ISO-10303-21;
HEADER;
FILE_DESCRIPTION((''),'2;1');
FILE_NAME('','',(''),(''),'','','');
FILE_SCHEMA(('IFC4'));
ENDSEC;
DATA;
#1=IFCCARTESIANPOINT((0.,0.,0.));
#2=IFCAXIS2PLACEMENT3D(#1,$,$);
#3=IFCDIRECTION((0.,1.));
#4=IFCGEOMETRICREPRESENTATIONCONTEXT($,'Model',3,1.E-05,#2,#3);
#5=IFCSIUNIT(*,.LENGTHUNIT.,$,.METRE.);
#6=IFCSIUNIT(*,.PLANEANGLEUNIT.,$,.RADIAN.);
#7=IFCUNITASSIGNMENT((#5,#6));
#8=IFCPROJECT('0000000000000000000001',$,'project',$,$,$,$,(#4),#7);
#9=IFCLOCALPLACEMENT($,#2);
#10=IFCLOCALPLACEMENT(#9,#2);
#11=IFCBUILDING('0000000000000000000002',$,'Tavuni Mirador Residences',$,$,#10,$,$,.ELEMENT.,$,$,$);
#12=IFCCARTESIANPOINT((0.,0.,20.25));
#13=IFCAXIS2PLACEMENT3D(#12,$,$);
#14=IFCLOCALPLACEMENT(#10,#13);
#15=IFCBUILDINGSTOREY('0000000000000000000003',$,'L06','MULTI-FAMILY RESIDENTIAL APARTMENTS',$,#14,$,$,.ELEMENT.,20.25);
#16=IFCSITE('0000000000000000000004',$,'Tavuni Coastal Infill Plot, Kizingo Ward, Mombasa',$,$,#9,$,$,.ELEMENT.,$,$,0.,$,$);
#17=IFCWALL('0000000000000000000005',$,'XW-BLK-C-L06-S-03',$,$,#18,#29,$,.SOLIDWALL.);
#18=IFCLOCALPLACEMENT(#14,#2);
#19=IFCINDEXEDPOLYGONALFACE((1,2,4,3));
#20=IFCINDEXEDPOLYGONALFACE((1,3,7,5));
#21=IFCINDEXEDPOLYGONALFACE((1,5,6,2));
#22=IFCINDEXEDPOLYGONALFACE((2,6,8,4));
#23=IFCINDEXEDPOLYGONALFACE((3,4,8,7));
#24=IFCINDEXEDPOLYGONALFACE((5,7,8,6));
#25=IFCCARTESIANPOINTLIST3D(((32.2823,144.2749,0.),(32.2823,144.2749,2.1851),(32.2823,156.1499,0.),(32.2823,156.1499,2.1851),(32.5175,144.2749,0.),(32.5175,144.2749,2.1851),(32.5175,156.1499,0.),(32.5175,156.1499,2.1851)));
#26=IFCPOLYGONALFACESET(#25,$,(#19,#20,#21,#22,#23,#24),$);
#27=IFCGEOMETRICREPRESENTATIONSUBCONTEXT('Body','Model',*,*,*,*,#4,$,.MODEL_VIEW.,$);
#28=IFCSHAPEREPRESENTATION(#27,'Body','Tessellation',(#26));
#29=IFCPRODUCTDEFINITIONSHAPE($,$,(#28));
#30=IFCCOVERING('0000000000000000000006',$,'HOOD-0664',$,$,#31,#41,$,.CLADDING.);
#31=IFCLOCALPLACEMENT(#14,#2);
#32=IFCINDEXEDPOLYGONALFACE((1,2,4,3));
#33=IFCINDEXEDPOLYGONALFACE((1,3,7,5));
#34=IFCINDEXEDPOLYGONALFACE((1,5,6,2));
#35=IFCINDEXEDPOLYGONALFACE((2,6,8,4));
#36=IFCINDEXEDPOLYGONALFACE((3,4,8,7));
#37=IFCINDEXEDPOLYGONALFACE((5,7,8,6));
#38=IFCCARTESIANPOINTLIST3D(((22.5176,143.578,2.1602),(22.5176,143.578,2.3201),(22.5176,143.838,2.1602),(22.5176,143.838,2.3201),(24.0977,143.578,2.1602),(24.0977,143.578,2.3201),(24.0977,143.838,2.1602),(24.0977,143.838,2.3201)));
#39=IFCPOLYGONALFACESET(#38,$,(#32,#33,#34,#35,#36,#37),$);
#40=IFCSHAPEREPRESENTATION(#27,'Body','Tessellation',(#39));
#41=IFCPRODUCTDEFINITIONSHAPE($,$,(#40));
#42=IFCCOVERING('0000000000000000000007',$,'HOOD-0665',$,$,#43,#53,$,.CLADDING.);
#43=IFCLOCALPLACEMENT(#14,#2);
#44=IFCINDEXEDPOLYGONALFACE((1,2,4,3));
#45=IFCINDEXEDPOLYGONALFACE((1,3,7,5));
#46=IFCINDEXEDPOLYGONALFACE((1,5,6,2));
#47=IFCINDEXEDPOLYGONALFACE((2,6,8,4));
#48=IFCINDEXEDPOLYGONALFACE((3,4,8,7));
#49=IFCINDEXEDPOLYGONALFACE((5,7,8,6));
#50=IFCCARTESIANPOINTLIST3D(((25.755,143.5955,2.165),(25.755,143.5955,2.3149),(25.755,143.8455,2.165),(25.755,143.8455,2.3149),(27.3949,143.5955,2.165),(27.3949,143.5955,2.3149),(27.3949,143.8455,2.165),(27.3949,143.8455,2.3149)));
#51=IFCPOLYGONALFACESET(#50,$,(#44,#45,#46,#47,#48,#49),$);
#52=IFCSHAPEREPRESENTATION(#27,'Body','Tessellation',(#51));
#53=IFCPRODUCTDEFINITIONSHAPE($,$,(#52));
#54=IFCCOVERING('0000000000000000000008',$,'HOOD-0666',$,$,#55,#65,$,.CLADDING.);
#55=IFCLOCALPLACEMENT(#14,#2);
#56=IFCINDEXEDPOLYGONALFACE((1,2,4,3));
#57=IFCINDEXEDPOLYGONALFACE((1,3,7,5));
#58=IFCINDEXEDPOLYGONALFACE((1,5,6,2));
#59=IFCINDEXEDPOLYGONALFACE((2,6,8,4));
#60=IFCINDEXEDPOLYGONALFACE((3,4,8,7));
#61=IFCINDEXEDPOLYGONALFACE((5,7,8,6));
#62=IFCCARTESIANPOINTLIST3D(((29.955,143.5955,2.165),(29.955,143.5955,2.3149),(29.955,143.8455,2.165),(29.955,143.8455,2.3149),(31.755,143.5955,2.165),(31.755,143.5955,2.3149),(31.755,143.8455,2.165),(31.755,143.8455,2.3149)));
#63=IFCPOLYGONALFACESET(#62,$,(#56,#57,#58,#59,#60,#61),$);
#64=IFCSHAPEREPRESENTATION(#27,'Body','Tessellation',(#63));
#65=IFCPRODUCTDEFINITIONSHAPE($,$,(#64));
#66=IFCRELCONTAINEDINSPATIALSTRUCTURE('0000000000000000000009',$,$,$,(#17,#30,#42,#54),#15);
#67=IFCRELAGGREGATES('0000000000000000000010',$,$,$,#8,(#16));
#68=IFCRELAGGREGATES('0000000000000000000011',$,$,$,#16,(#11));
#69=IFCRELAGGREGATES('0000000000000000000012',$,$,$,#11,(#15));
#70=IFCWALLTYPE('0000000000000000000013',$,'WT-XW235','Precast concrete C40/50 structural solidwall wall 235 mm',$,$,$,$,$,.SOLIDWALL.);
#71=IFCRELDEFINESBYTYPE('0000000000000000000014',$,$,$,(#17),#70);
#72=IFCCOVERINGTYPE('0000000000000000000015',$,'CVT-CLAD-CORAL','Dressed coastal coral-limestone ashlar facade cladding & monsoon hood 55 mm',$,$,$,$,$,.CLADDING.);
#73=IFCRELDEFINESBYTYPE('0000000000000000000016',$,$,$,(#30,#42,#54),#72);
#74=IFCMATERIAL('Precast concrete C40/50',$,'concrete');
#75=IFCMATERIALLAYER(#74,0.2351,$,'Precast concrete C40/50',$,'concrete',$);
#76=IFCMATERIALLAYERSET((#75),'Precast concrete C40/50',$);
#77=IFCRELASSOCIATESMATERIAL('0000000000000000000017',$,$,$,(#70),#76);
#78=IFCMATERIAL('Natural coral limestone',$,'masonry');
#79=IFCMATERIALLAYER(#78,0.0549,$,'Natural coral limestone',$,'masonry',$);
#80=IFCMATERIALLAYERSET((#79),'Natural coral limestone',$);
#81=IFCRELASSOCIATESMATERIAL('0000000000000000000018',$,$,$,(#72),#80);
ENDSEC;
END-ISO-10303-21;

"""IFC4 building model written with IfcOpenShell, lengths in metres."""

from ifc_helpers import new_model, si_unit, direction, frame, frame_2d, origin, origin_2d, place, context, subcontext, project, spatial, rectangle, extrude, material, layer, layer_set, type_object, element, save


model = new_model("IFC4")

# Units and contexts
model_context = context("Model", 3, precision=1e-05, world=origin(), true_north=direction((0.0, 1.0)))
body_context = subcontext(model_context, "Body", "Model", "MODEL_VIEW")
ifc_project = project(units=[si_unit("LENGTHUNIT", "METRE"), si_unit("PLANEANGLEUNIT", "RADIAN")], contexts=[model_context])

# Site, building, storey
site_placement = place(None, origin())
site = spatial("IfcSite", under=ifc_project, at=site_placement, Name="Tavuni Coastal Infill Plot, Kizingo Ward, Mombasa", CompositionType="ELEMENT", RefElevation=0.0)
building_placement = place(site_placement, origin())
building = spatial("IfcBuilding", under=site, at=building_placement, Name="Tavuni Mirador Residences", CompositionType="ELEMENT")
storey_placement = place(building_placement, frame((0.0, 0.0, 20.25)))
storey = spatial("IfcBuildingStorey", under=building, at=storey_placement, Name="L06", Description="MULTI-FAMILY RESIDENTIAL APARTMENTS", CompositionType="ELEMENT", Elevation=20.25)

# Shared definitions
ifc_material_1 = material(Name="Precast concrete C40/50", Category="concrete")

# Wall
ifc_layer_1 = layer(ifc_material_1, 0.2351, Name="Precast concrete C40/50", Category="concrete")
ifc_layer_set_1 = layer_set([ifc_layer_1], Name="Precast concrete C40/50")
wall_type_1 = type_object("IfcWallType", Name="WT-XW235", Description="Precast concrete C40/50 structural solidwall wall 235 mm", PredefinedType="SOLIDWALL", material=ifc_layer_set_1)
for number, where, z_axis, x_axis, name in (
    (1, (32.3999, 144.2749, 0.0), (0.0, 0.0, 1.0), (0.0, 1.0, 0.0), "XW-BLK-C-L06-S-03"),
):
    element("IfcWall", number, at=place(storey_placement, frame(where, z_axis=z_axis, x_axis=x_axis)), inside=storey, type_object=wall_type_1, Name=name, PredefinedType="SOLIDWALL", context=body_context, shape_type="SweptSolid", body=[
        extrude(rectangle(XDim=11.875, YDim=0.2351, at=frame_2d((5.9375, 0.0))), origin(), (0.0, 0.0, 1.0), 2.1851),
    ])

# Coverings
ifc_material_2 = material(Name="Natural coral limestone", Category="masonry")
ifc_layer_2 = layer(ifc_material_2, 0.0549, Name="Natural coral limestone", Category="masonry")
ifc_layer_set_2 = layer_set([ifc_layer_2], Name="Natural coral limestone")
covering_type = type_object("IfcCoveringType", Name="CVT-CLAD-CORAL", Description="Dressed coastal coral-limestone ashlar facade cladding & monsoon hood 55 mm", PredefinedType="CLADDING", material=ifc_layer_set_2)
covering_1_placement = place(storey_placement, frame((23.3076, 143.708, 2.1602), z_axis=(0.0, 0.0, 1.0), x_axis=(1.0, 0.0, 0.0)))
element("IfcCovering", 2, at=covering_1_placement, inside=storey, type_object=covering_type, Name="HOOD-0664", PredefinedType="CLADDING", context=body_context, shape_type="SweptSolid", body=[
    extrude(rectangle(XDim=1.5801, YDim=0.26, at=origin_2d()), origin(), (0.0, 0.0, 1.0), 0.1599),
])
covering_2_placement = place(storey_placement, frame((26.575, 143.7205, 2.165), z_axis=(0.0, 0.0, 1.0), x_axis=(1.0, 0.0, 0.0)))
element("IfcCovering", 3, at=covering_2_placement, inside=storey, type_object=covering_type, Name="HOOD-0665", PredefinedType="CLADDING", context=body_context, shape_type="SweptSolid", body=[
    extrude(rectangle(XDim=1.6399, YDim=0.25, at=origin_2d()), origin(), (0.0, 0.0, 1.0), 0.1499),
])
covering_3_placement = place(storey_placement, frame((30.855, 143.7205, 2.165), z_axis=(0.0, 0.0, 1.0), x_axis=(1.0, 0.0, 0.0)))
element("IfcCovering", 4, at=covering_3_placement, inside=storey, type_object=covering_type, Name="HOOD-0666", PredefinedType="CLADDING", context=body_context, shape_type="SweptSolid", body=[
    extrude(rectangle(XDim=1.8, YDim=0.25, at=origin_2d()), origin(), (0.0, 0.0, 1.0), 0.1499),
])

save(model, "model.ifc")
